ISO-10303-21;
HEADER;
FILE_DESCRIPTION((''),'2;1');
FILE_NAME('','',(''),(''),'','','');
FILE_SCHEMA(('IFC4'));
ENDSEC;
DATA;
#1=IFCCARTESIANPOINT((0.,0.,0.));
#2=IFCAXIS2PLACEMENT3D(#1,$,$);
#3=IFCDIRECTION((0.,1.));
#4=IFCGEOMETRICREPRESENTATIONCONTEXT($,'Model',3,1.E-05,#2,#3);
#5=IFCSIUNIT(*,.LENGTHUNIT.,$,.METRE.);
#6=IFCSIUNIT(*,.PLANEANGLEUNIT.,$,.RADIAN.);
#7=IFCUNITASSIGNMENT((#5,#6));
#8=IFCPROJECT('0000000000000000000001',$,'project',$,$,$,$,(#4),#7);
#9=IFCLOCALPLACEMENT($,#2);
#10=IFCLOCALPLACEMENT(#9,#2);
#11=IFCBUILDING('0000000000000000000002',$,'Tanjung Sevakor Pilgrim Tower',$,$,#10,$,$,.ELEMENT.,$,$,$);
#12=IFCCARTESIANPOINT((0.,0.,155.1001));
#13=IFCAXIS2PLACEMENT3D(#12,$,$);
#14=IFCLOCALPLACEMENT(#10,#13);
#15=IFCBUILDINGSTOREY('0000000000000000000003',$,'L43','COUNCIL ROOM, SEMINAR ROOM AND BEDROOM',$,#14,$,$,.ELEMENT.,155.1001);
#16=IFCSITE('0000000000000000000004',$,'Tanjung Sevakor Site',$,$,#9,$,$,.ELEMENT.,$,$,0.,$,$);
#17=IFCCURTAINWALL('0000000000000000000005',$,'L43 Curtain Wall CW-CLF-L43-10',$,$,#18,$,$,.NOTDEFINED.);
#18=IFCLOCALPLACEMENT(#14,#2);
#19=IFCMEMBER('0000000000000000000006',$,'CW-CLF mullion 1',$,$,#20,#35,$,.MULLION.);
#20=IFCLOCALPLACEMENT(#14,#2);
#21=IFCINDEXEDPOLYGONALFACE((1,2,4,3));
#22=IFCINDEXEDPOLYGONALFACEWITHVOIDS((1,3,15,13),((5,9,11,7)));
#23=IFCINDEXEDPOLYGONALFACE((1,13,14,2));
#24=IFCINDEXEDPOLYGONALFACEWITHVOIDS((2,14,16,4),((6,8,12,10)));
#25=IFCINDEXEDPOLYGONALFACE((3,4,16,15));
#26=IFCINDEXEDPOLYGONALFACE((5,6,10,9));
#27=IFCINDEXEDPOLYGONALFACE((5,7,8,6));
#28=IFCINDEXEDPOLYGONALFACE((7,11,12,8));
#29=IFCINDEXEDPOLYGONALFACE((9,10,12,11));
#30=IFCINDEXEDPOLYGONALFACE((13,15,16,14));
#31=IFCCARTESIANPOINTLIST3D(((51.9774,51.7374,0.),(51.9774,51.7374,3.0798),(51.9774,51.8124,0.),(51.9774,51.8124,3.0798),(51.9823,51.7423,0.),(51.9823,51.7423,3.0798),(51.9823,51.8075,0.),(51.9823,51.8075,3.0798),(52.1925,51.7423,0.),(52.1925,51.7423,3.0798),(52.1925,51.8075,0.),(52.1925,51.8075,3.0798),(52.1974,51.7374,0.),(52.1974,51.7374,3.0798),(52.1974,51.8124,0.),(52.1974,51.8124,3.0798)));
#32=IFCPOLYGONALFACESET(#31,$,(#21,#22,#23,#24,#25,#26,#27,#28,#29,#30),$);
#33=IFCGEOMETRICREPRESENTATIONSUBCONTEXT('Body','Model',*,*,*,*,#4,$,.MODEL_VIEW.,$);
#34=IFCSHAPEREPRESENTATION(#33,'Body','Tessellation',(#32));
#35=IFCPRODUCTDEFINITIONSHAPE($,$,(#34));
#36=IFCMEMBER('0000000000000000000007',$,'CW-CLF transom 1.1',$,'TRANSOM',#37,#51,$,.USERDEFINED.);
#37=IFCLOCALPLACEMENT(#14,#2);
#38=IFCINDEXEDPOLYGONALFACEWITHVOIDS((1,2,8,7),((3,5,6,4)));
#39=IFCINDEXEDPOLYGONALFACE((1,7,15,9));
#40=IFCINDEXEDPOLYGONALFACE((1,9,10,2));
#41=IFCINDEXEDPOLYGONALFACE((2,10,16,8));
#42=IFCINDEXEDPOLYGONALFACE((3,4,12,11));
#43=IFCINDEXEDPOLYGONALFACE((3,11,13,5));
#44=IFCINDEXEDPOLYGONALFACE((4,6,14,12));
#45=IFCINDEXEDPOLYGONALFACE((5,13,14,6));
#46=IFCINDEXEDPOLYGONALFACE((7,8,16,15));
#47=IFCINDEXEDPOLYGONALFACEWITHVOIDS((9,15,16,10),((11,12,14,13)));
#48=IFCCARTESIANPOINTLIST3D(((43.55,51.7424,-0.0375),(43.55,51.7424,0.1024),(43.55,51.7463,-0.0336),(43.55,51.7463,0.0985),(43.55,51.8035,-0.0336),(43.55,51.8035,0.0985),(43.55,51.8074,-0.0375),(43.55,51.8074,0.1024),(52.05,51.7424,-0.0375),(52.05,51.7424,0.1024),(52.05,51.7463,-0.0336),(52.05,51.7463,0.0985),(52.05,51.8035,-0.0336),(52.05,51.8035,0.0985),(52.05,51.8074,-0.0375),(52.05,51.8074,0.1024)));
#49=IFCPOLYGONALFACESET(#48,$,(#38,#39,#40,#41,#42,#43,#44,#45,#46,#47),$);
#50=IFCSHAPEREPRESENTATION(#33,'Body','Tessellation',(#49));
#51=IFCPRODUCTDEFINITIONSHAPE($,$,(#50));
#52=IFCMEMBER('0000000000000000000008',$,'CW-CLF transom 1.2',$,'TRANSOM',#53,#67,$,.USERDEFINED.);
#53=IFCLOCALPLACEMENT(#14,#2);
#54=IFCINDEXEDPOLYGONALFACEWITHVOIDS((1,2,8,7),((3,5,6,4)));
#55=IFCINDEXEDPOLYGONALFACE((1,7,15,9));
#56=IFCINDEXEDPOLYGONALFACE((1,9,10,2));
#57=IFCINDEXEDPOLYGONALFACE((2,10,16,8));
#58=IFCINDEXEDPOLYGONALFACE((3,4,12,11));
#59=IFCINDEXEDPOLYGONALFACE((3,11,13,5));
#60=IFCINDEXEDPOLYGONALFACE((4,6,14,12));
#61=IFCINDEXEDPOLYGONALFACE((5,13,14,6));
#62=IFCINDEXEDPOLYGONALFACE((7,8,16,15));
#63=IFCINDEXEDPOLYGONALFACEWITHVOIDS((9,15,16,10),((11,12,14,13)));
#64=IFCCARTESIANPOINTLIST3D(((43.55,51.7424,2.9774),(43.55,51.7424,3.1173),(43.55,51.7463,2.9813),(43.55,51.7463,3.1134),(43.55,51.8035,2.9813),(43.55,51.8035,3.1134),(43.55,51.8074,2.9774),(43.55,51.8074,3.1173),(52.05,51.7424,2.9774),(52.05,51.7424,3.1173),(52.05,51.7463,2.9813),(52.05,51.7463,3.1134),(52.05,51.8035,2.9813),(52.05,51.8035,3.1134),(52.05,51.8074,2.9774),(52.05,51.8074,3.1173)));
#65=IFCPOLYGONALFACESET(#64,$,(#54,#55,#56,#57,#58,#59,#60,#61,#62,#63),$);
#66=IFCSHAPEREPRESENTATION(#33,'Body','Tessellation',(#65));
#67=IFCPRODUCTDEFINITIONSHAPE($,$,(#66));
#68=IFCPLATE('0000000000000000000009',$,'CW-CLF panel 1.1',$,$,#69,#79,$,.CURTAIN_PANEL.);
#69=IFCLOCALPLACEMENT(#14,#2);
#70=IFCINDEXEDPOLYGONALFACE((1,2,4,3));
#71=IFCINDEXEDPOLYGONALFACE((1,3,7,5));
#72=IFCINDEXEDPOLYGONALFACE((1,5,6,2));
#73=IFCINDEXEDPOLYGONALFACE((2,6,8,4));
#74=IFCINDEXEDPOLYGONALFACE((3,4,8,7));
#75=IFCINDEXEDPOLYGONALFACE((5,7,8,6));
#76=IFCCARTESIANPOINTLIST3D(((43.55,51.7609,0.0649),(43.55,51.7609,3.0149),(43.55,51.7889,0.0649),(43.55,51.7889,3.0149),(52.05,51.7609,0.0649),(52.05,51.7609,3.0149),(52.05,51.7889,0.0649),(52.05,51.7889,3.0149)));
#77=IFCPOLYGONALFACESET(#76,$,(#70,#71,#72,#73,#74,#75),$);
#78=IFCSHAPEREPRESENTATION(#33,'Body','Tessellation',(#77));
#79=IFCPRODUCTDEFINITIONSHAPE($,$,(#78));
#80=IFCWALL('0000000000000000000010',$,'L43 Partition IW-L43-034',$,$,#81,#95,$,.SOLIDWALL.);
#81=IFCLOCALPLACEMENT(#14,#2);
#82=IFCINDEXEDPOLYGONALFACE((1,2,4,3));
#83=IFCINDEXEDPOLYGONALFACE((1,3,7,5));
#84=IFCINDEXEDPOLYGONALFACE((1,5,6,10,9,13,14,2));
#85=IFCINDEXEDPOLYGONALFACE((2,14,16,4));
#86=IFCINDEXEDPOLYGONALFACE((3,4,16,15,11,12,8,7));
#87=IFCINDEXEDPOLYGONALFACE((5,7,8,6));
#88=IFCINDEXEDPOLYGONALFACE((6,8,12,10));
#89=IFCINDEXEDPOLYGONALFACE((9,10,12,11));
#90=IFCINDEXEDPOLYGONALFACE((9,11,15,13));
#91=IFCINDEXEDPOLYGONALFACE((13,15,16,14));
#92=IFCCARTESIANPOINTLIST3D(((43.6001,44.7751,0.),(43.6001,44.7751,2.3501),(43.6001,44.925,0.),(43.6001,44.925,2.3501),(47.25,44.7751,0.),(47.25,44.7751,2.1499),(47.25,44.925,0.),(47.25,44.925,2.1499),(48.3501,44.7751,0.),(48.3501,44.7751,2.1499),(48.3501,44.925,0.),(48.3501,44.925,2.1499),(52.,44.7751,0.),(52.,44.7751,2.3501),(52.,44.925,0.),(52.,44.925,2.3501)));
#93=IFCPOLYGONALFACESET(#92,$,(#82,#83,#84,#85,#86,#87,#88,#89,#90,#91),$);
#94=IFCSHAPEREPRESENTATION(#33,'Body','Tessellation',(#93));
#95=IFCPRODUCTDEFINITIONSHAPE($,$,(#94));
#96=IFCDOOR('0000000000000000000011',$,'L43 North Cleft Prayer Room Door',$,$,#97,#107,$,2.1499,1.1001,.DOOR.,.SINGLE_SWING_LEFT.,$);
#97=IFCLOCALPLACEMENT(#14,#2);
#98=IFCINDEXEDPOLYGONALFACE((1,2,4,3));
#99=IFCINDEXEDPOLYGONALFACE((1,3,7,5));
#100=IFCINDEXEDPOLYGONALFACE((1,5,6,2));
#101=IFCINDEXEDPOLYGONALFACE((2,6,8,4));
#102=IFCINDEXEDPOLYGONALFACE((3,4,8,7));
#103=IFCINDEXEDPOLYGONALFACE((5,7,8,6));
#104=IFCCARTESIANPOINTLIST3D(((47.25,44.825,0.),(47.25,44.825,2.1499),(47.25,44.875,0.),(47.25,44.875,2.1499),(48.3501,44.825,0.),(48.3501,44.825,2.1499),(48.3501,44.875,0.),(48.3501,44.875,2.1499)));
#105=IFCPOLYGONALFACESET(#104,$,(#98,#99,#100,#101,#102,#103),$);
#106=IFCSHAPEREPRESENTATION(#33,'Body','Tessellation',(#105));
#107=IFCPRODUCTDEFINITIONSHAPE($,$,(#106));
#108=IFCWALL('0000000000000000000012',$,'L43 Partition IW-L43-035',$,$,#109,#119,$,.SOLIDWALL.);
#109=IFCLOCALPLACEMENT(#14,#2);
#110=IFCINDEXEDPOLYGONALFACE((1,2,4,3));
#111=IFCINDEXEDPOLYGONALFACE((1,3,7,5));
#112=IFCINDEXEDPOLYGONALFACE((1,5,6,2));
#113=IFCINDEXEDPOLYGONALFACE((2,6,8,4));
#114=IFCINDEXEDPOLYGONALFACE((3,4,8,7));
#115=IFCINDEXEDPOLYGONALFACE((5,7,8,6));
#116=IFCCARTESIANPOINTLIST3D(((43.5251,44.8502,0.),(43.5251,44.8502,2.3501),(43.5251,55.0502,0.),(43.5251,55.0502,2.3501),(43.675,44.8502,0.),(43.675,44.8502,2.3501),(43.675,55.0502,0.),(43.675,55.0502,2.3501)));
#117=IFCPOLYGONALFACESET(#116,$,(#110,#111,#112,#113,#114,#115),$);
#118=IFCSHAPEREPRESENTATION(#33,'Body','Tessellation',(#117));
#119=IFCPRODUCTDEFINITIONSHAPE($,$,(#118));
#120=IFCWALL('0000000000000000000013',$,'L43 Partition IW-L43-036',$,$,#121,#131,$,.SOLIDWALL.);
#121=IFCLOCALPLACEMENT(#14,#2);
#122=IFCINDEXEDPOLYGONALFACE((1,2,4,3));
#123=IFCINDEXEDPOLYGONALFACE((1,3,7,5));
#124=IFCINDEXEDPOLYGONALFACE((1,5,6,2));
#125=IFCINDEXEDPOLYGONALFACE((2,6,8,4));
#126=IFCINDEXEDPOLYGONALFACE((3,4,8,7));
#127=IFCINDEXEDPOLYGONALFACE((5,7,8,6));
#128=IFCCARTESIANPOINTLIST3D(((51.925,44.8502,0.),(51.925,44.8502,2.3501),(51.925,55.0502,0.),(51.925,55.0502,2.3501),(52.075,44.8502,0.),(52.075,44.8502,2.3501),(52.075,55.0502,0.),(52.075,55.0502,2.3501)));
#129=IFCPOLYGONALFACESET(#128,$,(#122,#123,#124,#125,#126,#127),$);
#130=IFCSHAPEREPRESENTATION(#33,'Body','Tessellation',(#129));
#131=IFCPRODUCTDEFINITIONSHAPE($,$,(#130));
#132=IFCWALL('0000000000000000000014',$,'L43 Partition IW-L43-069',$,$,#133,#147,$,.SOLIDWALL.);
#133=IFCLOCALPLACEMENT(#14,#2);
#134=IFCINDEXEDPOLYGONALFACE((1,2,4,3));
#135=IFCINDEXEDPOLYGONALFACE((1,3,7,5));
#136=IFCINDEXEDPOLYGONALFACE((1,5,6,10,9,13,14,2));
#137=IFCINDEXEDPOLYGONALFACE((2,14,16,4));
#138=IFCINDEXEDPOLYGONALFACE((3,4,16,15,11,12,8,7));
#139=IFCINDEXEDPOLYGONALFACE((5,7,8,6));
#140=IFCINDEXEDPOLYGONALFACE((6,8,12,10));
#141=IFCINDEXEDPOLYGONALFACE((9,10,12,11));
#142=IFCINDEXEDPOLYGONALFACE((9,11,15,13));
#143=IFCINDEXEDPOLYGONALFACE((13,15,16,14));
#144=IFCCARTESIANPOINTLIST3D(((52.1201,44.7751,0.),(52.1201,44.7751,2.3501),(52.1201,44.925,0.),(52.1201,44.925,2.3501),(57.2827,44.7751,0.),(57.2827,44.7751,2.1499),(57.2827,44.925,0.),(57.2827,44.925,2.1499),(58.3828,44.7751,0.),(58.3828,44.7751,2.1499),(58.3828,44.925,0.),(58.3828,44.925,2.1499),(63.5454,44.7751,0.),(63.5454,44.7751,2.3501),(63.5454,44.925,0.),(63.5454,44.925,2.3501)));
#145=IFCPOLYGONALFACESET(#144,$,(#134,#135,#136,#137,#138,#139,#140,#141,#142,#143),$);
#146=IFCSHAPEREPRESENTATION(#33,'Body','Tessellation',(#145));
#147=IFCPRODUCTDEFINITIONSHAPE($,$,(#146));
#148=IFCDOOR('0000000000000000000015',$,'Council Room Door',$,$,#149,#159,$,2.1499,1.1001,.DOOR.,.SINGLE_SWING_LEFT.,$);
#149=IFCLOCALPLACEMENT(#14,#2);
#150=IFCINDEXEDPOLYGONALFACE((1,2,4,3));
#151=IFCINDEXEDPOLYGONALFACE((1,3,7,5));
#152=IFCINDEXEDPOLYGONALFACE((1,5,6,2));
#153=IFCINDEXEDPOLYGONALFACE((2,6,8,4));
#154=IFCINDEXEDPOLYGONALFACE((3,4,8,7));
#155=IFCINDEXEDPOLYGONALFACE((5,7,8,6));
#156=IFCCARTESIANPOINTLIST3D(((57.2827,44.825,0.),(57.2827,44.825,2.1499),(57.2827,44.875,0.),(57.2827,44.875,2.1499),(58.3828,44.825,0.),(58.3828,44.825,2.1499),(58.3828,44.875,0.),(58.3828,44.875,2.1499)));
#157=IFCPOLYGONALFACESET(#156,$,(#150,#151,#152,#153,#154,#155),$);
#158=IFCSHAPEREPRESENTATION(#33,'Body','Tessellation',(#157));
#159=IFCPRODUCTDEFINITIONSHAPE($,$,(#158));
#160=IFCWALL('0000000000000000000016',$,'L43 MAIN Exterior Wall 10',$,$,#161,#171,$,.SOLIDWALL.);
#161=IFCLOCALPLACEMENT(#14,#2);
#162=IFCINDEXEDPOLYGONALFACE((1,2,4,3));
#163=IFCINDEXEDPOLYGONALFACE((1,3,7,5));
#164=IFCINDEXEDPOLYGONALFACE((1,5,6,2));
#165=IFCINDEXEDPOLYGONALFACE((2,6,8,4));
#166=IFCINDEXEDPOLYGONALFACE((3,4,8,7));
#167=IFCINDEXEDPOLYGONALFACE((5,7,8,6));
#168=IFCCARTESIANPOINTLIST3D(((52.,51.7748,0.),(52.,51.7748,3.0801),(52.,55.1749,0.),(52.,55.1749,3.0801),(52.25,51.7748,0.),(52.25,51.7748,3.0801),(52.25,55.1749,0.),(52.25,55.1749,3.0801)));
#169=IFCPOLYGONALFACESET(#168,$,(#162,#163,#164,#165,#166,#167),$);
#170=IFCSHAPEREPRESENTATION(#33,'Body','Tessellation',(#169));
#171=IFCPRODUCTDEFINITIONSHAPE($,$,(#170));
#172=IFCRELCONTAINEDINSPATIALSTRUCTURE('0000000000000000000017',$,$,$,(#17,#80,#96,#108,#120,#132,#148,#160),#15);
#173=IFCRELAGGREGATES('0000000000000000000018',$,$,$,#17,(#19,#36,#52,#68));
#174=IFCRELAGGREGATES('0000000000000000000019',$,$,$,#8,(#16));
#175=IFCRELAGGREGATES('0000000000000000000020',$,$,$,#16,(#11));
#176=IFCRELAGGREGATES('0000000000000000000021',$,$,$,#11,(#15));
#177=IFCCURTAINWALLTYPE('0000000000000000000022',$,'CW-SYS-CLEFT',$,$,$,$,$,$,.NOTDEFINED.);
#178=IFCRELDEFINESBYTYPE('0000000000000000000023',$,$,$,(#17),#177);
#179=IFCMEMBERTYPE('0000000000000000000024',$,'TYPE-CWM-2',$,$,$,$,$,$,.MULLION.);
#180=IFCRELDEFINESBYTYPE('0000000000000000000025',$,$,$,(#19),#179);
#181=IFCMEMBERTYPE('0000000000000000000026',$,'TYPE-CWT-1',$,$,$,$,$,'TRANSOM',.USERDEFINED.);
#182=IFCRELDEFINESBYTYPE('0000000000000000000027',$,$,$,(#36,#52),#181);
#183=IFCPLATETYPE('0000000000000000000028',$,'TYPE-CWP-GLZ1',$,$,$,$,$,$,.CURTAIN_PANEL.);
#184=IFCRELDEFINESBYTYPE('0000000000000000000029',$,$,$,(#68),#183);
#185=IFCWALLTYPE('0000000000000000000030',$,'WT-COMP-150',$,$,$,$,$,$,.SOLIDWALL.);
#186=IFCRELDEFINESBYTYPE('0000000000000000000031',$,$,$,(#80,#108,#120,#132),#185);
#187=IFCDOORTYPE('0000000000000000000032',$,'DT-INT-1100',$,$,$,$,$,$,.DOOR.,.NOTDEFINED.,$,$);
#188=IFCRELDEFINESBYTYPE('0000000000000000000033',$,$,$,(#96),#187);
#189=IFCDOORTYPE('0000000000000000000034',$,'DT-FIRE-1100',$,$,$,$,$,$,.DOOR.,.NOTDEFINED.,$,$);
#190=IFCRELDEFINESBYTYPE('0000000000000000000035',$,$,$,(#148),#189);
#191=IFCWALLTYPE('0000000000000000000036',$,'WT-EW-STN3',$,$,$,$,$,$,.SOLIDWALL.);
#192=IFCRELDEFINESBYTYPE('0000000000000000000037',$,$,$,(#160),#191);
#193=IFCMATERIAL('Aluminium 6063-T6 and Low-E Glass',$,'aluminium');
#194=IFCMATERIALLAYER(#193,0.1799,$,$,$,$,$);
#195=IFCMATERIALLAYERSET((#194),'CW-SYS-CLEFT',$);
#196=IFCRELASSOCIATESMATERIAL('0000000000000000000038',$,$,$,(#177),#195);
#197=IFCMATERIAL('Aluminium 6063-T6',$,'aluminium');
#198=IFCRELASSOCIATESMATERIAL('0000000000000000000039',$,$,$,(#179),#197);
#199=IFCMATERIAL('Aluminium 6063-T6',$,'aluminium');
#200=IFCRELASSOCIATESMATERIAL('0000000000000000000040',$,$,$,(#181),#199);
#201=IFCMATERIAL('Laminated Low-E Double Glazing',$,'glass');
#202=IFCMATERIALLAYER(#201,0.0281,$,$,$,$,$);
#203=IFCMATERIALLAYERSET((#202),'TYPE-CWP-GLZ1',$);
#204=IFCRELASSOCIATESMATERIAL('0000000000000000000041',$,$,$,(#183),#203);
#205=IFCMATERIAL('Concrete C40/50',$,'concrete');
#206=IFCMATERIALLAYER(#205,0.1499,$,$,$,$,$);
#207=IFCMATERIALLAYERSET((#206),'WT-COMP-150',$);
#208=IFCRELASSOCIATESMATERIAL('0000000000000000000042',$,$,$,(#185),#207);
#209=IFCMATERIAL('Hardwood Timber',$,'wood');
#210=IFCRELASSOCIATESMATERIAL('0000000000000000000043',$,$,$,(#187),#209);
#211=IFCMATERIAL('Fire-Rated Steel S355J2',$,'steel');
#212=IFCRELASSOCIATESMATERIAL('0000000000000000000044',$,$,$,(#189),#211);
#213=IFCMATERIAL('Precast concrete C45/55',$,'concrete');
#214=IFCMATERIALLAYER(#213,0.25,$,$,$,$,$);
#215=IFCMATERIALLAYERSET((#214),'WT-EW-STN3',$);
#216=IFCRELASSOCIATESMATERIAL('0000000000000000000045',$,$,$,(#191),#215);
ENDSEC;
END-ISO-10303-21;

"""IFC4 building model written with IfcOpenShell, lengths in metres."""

from ifc_helpers import new_model, si_unit, direction, frame, frame_2d, origin, origin_2d, place, context, subcontext, project, spatial, rectangle, hollow_rectangle, extrude, material, layer, layer_set, material_profile, profile_set, type_object, element, fill, aggregate, save


model = new_model("IFC4")

# Units and contexts
model_context = context("Model", 3, precision=1e-05, world=origin(), true_north=direction((0.0, 1.0)))
body_context = subcontext(model_context, "Body", "Model", "MODEL_VIEW")
ifc_project = project(units=[si_unit("LENGTHUNIT", "METRE"), si_unit("PLANEANGLEUNIT", "RADIAN")], contexts=[model_context])

# Site, building, storey
site_placement = place(None, origin())
site = spatial("IfcSite", under=ifc_project, at=site_placement, Name="Tanjung Sevakor Site", CompositionType="ELEMENT", RefElevation=0.0)
building_placement = place(site_placement, origin())
building = spatial("IfcBuilding", under=site, at=building_placement, Name="Tanjung Sevakor Pilgrim Tower", CompositionType="ELEMENT")
storey_placement = place(building_placement, frame((0.0, 0.0, 155.1001)))
storey = spatial("IfcBuildingStorey", under=building, at=storey_placement, Name="L43", Description="COUNCIL ROOM, SEMINAR ROOM AND BEDROOM", CompositionType="ELEMENT", Elevation=155.1001)

# Curtain wall, members, plate
ifc_material_1 = material(Name="Aluminium 6063-T6 and Low-E Glass", Category="aluminium")
ifc_layer_1 = layer(ifc_material_1, 0.1799)
ifc_layer_set_1 = layer_set([ifc_layer_1], Name="CW-SYS-CLEFT")
curtain_wall_type = type_object("IfcCurtainWallType", Name="CW-SYS-CLEFT", PredefinedType="NOTDEFINED", material=ifc_layer_set_1)
curtain_wall_placement = place(storey_placement, origin())
curtain_wall = element("IfcCurtainWall", 1, at=curtain_wall_placement, inside=storey, type_object=curtain_wall_type, Name="L43 Curtain Wall CW-CLF-L43-10", PredefinedType="NOTDEFINED")
ifc_material_2 = material(Name="Aluminium 6063-T6", Category="aluminium")
ifc_material_profile_1 = material_profile(ifc_material_2, hollow_rectangle(XDim=0.075, YDim=0.22, WallThickness=0.0049, at=origin_2d()))
ifc_profile_set_1 = profile_set([ifc_material_profile_1], Name="Aluminium 6063-T6")
member_type_1 = type_object("IfcMemberType", Name="TYPE-CWM-2", PredefinedType="MULLION", material=ifc_profile_set_1)
member_1_placement = place(storey_placement, frame((52.0874, 51.7749, 0.0), z_axis=(0.0, 0.0, 1.0), x_axis=(0.0, -1.0, 0.0)))
member_1 = element("IfcMember", 2, at=member_1_placement, type_object=member_type_1, Name="CW-CLF mullion 1", PredefinedType="MULLION", context=body_context, shape_type="SweptSolid", body=[
    extrude(hollow_rectangle(XDim=0.075, YDim=0.22, WallThickness=0.0049, at=origin_2d()), origin(), (0.0, 0.0, 1.0), 3.0798),
])
ifc_material_3 = material(Name="Aluminium 6063-T6", Category="aluminium")
ifc_material_profile_2 = material_profile(ifc_material_3, hollow_rectangle(XDim=0.0649, YDim=0.1399, WallThickness=0.0039, at=origin_2d()))
ifc_profile_set_2 = profile_set([ifc_material_profile_2], Name="Aluminium 6063-T6")
member_type_2 = type_object("IfcMemberType", Name="TYPE-CWT-1", ElementType="TRANSOM", PredefinedType="USERDEFINED", material=ifc_profile_set_2)
member_2_placement = place(storey_placement, frame((52.05, 51.7749, 0.0325), z_axis=(-1.0, 0.0, 0.0), x_axis=(0.0, -1.0, 0.0)))
member_2 = element("IfcMember", 3, at=member_2_placement, type_object=member_type_2, Name="CW-CLF transom 1.1", ObjectType="TRANSOM", PredefinedType="USERDEFINED", context=body_context, shape_type="SweptSolid", body=[
    extrude(hollow_rectangle(XDim=0.0649, YDim=0.1399, WallThickness=0.0039, at=origin_2d()), origin(), (0.0, 0.0, 1.0), 8.5),
])
member_3_placement = place(storey_placement, frame((52.05, 51.7749, 3.0474), z_axis=(-1.0, 0.0, 0.0), x_axis=(0.0, -1.0, 0.0)))
member_3 = element("IfcMember", 4, at=member_3_placement, type_object=member_type_2, Name="CW-CLF transom 1.2", ObjectType="TRANSOM", PredefinedType="USERDEFINED", context=body_context, shape_type="SweptSolid", body=[
    extrude(hollow_rectangle(XDim=0.0649, YDim=0.1399, WallThickness=0.0039, at=origin_2d()), origin(), (0.0, 0.0, 1.0), 8.5),
])
ifc_material_4 = material(Name="Laminated Low-E Double Glazing", Category="glass")
ifc_layer_2 = layer(ifc_material_4, 0.0281)
ifc_layer_set_2 = layer_set([ifc_layer_2], Name="TYPE-CWP-GLZ1")
plate_type = type_object("IfcPlateType", Name="TYPE-CWP-GLZ1", PredefinedType="CURTAIN_PANEL", material=ifc_layer_set_2)
plate_placement = place(storey_placement, frame((47.8, 51.7749, 0.0649), z_axis=(0.0, 0.0, 1.0), x_axis=(-1.0, 0.0, 0.0)))
plate = element("IfcPlate", 5, at=plate_placement, type_object=plate_type, Name="CW-CLF panel 1.1", PredefinedType="CURTAIN_PANEL", context=body_context, shape_type="SweptSolid", body=[
    extrude(rectangle(XDim=8.5, YDim=0.0281, at=origin_2d()), origin(), (0.0, 0.0, 1.0), 2.95),
])
aggregate(curtain_wall, [member_1, member_2, member_3, plate])

# Wall, opening, door
ifc_material_5 = material(Name="Concrete C40/50", Category="concrete")
ifc_layer_3 = layer(ifc_material_5, 0.1499)
ifc_layer_set_3 = layer_set([ifc_layer_3], Name="WT-COMP-150")
wall_type_1 = type_object("IfcWallType", Name="WT-COMP-150", PredefinedType="SOLIDWALL", material=ifc_layer_set_3)
wall_1_placement = place(storey_placement, frame((43.6001, 44.8501, 0.0), z_axis=(0.0, 0.0, 1.0), x_axis=(1.0, 0.0, 0.0)))
wall_1 = element("IfcWall", 6, at=wall_1_placement, inside=storey, type_object=wall_type_1, Name="L43 Partition IW-L43-034", PredefinedType="SOLIDWALL", context=body_context, shape_type="SweptSolid", body=[
    extrude(rectangle(XDim=8.3999, YDim=0.1499, at=frame_2d((4.2, 0.0))), origin(), (0.0, 0.0, 1.0), 2.3501),
])
opening_1_placement = place(wall_1_placement, frame((3.6499, 0.0, 0.0)))
opening_1 = element("IfcOpeningElement", 7, at=opening_1_placement, cuts=wall_1, PredefinedType="OPENING", context=body_context, shape_type="SweptSolid", body=[
    extrude(rectangle(XDim=1.1001, YDim=2.1499, at=frame_2d((0.55, 1.075))), frame((0.0, 0.085, 0.0), z_axis=(0.0, -1.0, 0.0), x_axis=(1.0, 0.0, 0.0)), (0.0, 0.0, 1.0), 0.1699),
])
ifc_material_6 = material(Name="Hardwood Timber", Category="wood")
door_type_1 = type_object("IfcDoorType", Name="DT-INT-1100", OperationType="NOTDEFINED", PredefinedType="DOOR", material=ifc_material_6)
door_1_placement = place(opening_1_placement, origin())
door_1 = element("IfcDoor", 8, at=door_1_placement, inside=storey, type_object=door_type_1, Name="L43 North Cleft Prayer Room Door", OperationType="SINGLE_SWING_LEFT", OverallHeight=2.1499, OverallWidth=1.1001, PredefinedType="DOOR", context=body_context, shape_type="SweptSolid", body=[
    extrude(rectangle(XDim=1.1001, YDim=2.1499, at=frame_2d((0.55, 1.075))), frame((0.0, 0.0249, 0.0), z_axis=(0.0, -1.0, 0.0), x_axis=(1.0, 0.0, 0.0)), (0.0, 0.0, 1.0), 0.05),
])
fill(opening_1, door_1)

# Walls
for number, where, z_axis, x_axis, name in (
    (9, (43.6001, 44.8501, 0.0), (0.0, 0.0, 1.0), (0.0, 1.0, 0.0), "L43 Partition IW-L43-035"),
    (10, (52.0, 44.8501, 0.0), (0.0, 0.0, 1.0), (0.0, 1.0, 0.0), "L43 Partition IW-L43-036"),
):
    element("IfcWall", number, at=place(storey_placement, frame(where, z_axis=z_axis, x_axis=x_axis)), inside=storey, type_object=wall_type_1, Name=name, PredefinedType="SOLIDWALL", context=body_context, shape_type="SweptSolid", body=[
        extrude(rectangle(XDim=10.2, YDim=0.1499, at=frame_2d((5.1001, 0.0))), origin(), (0.0, 0.0, 1.0), 2.3501),
    ])

# Wall, opening, door
wall_2_placement = place(storey_placement, frame((52.1201, 44.8501, 0.0), z_axis=(0.0, 0.0, 1.0), x_axis=(1.0, 0.0, 0.0)))
wall_2 = element("IfcWall", 11, at=wall_2_placement, inside=storey, type_object=wall_type_1, Name="L43 Partition IW-L43-069", PredefinedType="SOLIDWALL", context=body_context, shape_type="SweptSolid", body=[
    extrude(rectangle(XDim=11.4253, YDim=0.1499, at=frame_2d((5.7126, 0.0))), origin(), (0.0, 0.0, 1.0), 2.3501),
])
opening_2_placement = place(wall_2_placement, frame((5.1626, 0.0, 0.0)))
opening_2 = element("IfcOpeningElement", 12, at=opening_2_placement, cuts=wall_2, PredefinedType="OPENING", context=body_context, shape_type="SweptSolid", body=[
    extrude(rectangle(XDim=1.1001, YDim=2.1499, at=frame_2d((0.55, 1.075))), frame((0.0, 0.085, 0.0), z_axis=(0.0, -1.0, 0.0), x_axis=(1.0, 0.0, 0.0)), (0.0, 0.0, 1.0), 0.1699),
])
ifc_material_7 = material(Name="Fire-Rated Steel S355J2", Category="steel")
door_type_2 = type_object("IfcDoorType", Name="DT-FIRE-1100", OperationType="NOTDEFINED", PredefinedType="DOOR", material=ifc_material_7)
door_2_placement = place(opening_2_placement, origin())
door_2 = element("IfcDoor", 13, at=door_2_placement, inside=storey, type_object=door_type_2, Name="Council Room Door", OperationType="SINGLE_SWING_LEFT", OverallHeight=2.1499, OverallWidth=1.1001, PredefinedType="DOOR", context=body_context, shape_type="SweptSolid", body=[
    extrude(rectangle(XDim=1.1001, YDim=2.1499, at=frame_2d((0.55, 1.075))), frame((0.0, 0.0249, 0.0), z_axis=(0.0, -1.0, 0.0), x_axis=(1.0, 0.0, 0.0)), (0.0, 0.0, 1.0), 0.05),
])
fill(opening_2, door_2)

# Wall
ifc_material_8 = material(Name="Precast concrete C45/55", Category="concrete")
ifc_layer_4 = layer(ifc_material_8, 0.25)
ifc_layer_set_4 = layer_set([ifc_layer_4], Name="WT-EW-STN3")
wall_type_2 = type_object("IfcWallType", Name="WT-EW-STN3", PredefinedType="SOLIDWALL", material=ifc_layer_set_4)
wall_3_placement = place(storey_placement, frame((52.125, 55.175, 0.0), z_axis=(0.0, 0.0, 1.0), x_axis=(0.0, -1.0, 0.0)))
element("IfcWall", 14, at=wall_3_placement, inside=storey, type_object=wall_type_2, Name="L43 MAIN Exterior Wall 10", PredefinedType="SOLIDWALL", context=body_context, shape_type="SweptSolid", body=[
    extrude(rectangle(XDim=3.4001, YDim=0.25, at=frame_2d((1.7002, 0.0))), origin(), (0.0, 0.0, 1.0), 3.0801),
])

save(model, "model.ifc")
